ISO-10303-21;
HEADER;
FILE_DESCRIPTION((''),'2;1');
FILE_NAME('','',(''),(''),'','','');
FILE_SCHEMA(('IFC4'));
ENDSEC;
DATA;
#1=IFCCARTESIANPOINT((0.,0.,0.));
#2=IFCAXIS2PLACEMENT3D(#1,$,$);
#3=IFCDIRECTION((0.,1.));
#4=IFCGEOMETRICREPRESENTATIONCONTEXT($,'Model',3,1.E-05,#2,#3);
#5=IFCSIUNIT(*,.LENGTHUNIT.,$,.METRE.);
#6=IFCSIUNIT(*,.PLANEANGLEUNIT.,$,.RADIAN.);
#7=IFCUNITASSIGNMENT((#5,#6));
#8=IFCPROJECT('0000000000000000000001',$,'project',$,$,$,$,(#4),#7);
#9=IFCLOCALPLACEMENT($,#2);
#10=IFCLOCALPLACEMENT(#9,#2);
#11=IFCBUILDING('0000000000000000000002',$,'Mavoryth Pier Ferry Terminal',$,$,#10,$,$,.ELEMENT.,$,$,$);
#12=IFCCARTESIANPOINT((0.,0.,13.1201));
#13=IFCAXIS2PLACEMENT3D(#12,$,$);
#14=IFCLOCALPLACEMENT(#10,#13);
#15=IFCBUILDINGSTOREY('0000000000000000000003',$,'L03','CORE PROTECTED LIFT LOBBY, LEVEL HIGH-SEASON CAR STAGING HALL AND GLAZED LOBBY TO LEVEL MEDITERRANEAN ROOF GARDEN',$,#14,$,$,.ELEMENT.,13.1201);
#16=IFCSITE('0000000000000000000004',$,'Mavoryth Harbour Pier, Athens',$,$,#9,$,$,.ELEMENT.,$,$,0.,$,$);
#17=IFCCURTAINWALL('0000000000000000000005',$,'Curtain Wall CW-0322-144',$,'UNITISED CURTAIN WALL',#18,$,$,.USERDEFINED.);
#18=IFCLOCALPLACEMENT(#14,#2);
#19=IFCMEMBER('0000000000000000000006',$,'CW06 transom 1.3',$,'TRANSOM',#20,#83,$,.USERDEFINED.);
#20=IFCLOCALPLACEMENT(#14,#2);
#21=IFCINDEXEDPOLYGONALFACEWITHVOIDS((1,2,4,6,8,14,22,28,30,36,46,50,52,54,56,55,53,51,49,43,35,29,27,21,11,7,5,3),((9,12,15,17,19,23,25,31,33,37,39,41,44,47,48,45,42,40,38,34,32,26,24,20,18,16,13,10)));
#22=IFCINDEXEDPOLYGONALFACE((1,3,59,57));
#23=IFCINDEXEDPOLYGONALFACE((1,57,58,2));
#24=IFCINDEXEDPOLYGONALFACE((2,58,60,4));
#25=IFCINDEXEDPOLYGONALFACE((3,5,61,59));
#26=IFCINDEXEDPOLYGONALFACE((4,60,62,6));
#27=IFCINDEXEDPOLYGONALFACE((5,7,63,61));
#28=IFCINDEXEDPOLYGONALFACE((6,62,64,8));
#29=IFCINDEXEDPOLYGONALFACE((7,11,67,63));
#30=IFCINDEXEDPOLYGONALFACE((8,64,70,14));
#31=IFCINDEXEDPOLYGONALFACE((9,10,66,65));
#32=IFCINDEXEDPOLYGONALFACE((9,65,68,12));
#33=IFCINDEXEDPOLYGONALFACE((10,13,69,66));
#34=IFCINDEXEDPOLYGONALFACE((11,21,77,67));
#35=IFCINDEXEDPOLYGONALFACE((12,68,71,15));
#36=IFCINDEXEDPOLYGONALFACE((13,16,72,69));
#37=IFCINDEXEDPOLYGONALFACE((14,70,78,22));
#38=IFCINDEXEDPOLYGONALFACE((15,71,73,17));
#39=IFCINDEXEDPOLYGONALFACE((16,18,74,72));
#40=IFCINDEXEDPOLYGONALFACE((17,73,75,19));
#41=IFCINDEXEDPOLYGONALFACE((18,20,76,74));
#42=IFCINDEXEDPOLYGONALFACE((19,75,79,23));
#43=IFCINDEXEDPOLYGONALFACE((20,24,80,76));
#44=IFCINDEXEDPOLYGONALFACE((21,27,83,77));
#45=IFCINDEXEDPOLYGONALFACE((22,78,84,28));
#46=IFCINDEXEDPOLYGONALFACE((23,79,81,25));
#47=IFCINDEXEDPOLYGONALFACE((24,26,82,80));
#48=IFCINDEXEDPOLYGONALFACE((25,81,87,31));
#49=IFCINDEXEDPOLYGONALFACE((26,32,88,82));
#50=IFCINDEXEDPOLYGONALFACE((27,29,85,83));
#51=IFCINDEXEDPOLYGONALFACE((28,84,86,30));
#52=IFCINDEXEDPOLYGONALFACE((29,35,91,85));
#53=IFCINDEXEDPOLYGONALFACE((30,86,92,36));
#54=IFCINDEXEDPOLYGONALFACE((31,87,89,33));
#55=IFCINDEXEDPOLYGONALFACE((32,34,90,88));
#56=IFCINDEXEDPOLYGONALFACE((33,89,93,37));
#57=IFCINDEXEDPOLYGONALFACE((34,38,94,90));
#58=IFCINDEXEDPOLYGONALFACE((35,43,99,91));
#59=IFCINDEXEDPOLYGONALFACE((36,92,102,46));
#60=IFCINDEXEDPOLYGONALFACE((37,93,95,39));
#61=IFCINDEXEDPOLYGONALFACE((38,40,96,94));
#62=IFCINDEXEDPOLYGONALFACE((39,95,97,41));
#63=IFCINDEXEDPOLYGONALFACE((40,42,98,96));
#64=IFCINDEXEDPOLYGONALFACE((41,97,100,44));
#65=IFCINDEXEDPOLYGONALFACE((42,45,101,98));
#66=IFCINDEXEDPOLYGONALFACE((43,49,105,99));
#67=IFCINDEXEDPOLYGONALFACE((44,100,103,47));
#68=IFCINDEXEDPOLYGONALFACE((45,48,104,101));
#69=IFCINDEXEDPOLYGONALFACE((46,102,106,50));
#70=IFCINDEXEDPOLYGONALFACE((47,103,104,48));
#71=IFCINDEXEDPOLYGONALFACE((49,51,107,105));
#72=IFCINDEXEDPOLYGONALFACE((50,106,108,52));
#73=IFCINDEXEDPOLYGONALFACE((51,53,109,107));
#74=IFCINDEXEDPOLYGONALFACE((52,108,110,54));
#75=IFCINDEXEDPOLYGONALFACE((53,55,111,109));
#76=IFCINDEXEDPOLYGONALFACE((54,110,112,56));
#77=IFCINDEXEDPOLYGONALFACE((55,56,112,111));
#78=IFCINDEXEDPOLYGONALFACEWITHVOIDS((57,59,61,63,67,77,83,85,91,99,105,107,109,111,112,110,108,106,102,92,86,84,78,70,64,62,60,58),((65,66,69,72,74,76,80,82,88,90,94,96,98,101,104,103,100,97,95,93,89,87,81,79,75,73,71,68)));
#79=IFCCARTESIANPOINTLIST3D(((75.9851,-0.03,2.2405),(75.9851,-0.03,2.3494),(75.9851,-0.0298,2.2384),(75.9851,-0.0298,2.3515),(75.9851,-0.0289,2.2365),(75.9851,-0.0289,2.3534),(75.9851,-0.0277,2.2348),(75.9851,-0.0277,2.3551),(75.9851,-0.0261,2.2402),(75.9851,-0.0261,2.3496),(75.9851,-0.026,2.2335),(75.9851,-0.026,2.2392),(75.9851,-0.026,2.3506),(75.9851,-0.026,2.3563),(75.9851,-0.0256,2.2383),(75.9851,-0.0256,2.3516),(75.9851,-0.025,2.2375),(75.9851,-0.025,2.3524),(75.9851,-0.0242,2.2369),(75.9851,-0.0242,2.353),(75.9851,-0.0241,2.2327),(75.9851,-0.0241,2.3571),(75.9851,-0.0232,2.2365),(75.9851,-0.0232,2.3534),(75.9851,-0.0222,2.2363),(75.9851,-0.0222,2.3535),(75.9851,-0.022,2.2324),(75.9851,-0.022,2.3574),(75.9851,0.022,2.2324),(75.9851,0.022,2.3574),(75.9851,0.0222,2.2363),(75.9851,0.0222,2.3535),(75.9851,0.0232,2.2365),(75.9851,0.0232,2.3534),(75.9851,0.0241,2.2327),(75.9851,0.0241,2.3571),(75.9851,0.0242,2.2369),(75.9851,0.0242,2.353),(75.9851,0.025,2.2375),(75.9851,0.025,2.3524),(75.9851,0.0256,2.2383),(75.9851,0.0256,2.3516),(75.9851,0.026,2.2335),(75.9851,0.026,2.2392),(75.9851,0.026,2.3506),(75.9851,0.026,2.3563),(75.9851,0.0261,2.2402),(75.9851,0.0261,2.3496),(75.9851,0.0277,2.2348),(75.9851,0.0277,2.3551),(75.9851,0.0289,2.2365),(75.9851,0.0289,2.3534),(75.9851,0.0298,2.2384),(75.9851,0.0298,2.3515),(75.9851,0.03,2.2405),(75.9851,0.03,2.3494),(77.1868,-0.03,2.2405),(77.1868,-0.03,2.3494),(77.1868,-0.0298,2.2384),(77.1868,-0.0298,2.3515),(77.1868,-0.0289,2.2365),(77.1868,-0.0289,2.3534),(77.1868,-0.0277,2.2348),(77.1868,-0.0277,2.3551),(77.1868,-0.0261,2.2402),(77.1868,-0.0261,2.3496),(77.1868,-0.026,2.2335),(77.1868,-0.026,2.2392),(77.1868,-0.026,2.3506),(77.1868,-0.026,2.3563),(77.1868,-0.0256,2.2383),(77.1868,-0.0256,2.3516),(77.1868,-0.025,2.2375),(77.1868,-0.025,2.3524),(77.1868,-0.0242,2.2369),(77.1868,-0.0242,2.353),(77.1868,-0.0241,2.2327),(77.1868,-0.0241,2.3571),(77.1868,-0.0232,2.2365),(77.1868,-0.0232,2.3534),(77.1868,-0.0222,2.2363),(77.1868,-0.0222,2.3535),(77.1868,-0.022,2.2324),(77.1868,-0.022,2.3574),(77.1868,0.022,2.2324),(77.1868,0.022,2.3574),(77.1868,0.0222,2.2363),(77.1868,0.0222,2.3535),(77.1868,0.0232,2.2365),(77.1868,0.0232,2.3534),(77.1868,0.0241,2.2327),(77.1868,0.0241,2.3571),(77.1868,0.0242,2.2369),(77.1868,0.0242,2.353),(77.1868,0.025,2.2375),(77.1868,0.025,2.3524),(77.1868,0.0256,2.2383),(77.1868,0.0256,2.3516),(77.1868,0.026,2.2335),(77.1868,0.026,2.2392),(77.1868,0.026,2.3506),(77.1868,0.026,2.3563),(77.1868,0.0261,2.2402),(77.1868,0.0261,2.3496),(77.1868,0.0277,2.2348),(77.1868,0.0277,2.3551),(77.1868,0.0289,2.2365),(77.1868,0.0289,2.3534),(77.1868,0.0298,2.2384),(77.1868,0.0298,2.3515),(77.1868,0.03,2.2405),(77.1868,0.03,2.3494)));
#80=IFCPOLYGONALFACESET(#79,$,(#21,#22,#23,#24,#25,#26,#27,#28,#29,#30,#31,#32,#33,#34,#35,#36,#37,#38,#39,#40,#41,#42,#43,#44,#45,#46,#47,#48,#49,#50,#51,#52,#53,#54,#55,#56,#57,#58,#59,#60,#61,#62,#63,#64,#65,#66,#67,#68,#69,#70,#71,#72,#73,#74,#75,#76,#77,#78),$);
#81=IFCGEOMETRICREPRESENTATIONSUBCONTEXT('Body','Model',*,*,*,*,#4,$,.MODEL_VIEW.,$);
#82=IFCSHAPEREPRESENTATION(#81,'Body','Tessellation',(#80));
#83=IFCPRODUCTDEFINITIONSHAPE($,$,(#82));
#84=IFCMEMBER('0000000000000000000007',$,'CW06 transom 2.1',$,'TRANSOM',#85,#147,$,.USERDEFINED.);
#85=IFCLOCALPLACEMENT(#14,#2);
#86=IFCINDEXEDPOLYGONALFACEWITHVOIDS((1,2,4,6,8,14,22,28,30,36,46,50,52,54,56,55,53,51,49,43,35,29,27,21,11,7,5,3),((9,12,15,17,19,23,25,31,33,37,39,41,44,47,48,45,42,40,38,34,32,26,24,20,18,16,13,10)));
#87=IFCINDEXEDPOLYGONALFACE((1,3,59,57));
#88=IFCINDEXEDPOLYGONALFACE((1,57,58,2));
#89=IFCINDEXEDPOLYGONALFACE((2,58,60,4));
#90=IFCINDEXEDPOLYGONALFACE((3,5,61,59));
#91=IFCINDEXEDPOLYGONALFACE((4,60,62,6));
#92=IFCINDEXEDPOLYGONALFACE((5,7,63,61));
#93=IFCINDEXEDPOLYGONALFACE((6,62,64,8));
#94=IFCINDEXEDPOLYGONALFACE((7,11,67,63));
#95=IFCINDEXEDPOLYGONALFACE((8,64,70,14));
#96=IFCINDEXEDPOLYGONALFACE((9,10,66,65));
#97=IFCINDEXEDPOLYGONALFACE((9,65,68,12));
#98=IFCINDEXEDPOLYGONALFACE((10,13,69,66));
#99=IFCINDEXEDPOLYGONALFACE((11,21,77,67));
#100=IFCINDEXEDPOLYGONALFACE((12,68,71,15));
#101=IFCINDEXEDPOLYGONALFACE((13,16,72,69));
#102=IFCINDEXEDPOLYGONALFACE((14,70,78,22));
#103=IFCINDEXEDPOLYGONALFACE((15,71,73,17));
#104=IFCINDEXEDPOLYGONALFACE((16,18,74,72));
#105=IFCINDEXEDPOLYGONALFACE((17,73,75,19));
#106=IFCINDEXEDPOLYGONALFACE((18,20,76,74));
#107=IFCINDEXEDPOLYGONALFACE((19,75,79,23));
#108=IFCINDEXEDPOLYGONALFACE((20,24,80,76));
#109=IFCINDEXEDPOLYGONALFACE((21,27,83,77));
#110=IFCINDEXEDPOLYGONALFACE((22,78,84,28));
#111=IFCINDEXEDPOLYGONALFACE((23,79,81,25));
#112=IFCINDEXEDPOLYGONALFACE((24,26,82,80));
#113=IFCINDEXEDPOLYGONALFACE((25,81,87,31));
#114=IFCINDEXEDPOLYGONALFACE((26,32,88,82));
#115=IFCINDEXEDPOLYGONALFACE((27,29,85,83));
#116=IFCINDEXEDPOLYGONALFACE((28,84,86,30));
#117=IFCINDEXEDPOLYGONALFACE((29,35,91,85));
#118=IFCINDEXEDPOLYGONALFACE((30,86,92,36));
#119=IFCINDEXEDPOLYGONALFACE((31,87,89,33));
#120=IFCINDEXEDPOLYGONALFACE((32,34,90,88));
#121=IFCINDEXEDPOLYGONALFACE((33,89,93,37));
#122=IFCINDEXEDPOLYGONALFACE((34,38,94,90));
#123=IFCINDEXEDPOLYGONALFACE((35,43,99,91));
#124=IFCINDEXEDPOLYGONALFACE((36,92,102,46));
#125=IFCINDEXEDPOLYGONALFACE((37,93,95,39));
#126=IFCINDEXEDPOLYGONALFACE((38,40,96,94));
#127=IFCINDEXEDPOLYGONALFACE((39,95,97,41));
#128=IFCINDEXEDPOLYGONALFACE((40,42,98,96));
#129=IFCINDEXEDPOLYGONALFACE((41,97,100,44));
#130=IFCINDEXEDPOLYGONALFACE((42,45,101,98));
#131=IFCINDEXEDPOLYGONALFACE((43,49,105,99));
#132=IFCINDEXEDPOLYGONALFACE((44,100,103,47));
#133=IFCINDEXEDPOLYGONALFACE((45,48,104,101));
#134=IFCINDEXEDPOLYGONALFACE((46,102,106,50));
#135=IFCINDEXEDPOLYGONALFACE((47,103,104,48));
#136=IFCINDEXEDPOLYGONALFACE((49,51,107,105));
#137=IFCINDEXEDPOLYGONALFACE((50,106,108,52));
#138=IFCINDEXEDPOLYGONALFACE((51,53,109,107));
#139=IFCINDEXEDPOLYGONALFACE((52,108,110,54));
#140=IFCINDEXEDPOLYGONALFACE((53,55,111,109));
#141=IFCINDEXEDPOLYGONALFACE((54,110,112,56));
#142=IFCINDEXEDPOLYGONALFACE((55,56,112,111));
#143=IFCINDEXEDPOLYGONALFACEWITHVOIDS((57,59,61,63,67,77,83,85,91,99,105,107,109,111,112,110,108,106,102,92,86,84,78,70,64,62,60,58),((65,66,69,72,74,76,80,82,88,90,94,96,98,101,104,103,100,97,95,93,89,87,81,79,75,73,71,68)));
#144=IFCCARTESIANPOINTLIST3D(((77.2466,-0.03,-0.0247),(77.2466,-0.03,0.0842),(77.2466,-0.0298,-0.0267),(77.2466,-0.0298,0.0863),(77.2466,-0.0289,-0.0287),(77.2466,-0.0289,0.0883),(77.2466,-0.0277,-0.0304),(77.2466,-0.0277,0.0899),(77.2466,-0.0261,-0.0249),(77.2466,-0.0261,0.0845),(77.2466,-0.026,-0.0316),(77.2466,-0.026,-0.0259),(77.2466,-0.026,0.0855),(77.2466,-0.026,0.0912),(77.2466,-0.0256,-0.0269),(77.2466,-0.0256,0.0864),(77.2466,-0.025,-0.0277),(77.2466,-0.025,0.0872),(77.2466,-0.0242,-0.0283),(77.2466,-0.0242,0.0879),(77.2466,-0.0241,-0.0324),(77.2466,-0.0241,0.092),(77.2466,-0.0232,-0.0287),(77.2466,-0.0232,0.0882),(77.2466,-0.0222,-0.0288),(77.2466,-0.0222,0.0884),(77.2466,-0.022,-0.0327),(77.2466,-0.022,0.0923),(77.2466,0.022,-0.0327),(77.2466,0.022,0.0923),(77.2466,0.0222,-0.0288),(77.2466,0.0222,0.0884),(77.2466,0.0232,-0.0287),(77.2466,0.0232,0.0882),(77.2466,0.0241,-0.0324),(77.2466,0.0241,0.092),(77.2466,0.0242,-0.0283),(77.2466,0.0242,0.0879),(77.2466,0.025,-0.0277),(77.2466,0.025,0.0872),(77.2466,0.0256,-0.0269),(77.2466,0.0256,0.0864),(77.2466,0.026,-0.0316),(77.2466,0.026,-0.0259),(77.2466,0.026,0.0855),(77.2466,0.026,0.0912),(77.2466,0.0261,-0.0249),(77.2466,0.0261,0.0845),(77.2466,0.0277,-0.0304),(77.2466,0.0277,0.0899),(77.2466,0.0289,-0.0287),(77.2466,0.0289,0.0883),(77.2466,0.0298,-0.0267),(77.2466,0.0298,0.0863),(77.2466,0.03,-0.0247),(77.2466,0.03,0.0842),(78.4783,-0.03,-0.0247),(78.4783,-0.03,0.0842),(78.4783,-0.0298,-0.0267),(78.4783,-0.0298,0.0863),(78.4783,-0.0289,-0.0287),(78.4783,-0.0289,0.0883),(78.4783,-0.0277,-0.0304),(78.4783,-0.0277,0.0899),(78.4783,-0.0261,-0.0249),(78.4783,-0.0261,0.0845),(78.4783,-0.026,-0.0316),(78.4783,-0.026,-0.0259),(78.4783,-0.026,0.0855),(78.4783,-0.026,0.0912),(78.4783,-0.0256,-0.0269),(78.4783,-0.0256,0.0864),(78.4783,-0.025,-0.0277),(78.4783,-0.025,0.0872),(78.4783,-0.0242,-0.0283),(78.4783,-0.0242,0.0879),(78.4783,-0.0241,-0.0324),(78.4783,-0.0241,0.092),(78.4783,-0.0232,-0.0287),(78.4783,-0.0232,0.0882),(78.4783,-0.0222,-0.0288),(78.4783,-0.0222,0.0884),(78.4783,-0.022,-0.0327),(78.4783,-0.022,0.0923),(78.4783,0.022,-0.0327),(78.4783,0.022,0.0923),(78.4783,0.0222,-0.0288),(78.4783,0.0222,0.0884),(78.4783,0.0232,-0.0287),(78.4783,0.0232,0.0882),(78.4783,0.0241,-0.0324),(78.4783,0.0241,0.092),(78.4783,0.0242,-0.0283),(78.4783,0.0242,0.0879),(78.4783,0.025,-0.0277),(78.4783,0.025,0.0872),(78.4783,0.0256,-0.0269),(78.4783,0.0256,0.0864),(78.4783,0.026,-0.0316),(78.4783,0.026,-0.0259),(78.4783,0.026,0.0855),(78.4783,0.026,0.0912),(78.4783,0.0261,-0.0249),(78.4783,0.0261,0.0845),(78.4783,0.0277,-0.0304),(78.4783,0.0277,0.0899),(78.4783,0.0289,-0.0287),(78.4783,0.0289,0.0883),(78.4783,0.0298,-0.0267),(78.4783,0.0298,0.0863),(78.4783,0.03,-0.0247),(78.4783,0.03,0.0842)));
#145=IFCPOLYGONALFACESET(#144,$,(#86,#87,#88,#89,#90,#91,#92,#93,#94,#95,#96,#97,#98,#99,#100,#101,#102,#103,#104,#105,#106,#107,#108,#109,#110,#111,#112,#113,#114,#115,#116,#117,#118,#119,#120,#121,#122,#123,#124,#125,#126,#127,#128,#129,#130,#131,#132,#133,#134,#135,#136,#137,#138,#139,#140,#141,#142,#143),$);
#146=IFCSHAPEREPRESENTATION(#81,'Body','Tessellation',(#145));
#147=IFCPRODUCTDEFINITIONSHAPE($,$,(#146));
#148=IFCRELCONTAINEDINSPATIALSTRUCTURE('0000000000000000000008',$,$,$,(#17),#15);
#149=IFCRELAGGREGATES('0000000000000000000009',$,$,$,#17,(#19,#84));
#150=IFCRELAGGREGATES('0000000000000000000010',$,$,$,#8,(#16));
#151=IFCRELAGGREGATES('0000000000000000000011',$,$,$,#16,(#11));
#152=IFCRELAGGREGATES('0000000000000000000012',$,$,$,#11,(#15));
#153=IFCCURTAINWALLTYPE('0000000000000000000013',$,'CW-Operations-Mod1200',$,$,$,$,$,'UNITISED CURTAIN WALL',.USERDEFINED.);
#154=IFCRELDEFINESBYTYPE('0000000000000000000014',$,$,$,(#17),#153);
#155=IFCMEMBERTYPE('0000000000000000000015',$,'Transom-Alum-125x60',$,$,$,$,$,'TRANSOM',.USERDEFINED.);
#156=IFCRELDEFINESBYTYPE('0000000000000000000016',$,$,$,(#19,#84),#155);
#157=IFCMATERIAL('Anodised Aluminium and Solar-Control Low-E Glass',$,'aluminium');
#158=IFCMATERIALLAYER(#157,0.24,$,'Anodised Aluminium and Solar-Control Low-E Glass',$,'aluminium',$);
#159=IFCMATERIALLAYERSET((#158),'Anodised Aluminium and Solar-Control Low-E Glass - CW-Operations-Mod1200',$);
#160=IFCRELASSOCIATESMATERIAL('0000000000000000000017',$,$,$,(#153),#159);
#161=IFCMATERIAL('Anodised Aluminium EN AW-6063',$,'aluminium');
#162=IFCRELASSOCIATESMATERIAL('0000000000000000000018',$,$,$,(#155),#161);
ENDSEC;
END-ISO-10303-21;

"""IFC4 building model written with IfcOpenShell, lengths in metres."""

from ifc_helpers import new_model, si_unit, direction, frame, origin, origin_2d, place, context, subcontext, project, spatial, hollow_rectangle, extrude, material, layer, layer_set, material_profile, profile_set, type_object, element, aggregate, save


model = new_model("IFC4")

# Units and contexts
model_context = context("Model", 3, precision=1e-05, world=origin(), true_north=direction((0.0, 1.0)))
body_context = subcontext(model_context, "Body", "Model", "MODEL_VIEW")
ifc_project = project(units=[si_unit("LENGTHUNIT", "METRE"), si_unit("PLANEANGLEUNIT", "RADIAN")], contexts=[model_context])

# Site, building, storey
site_placement = place(None, origin())
site = spatial("IfcSite", under=ifc_project, at=site_placement, Name="Mavoryth Harbour Pier, Athens", CompositionType="ELEMENT", RefElevation=0.0)
building_placement = place(site_placement, origin())
building = spatial("IfcBuilding", under=site, at=building_placement, Name="Mavoryth Pier Ferry Terminal", CompositionType="ELEMENT")
storey_placement = place(building_placement, frame((0.0, 0.0, 13.1201)))
storey = spatial("IfcBuildingStorey", under=building, at=storey_placement, Name="L03", Description="CORE PROTECTED LIFT LOBBY, LEVEL HIGH-SEASON CAR STAGING HALL AND GLAZED LOBBY TO LEVEL MEDITERRANEAN ROOF GARDEN", CompositionType="ELEMENT", Elevation=13.1201)

# Curtain wall
ifc_material_1 = material(Name="Anodised Aluminium and Solar-Control Low-E Glass", Category="aluminium")
ifc_layer_1 = layer(ifc_material_1, 0.24, Name="Anodised Aluminium and Solar-Control Low-E Glass", Category="aluminium")
ifc_layer_set_1 = layer_set([ifc_layer_1], Name="Anodised Aluminium and Solar-Control Low-E Glass - CW-Operations-Mod1200")
curtain_wall_type = type_object("IfcCurtainWallType", Name="CW-Operations-Mod1200", ElementType="UNITISED CURTAIN WALL", PredefinedType="USERDEFINED", material=ifc_layer_set_1)
curtain_wall_placement = place(storey_placement, origin())
curtain_wall = element("IfcCurtainWall", 1, at=curtain_wall_placement, inside=storey, type_object=curtain_wall_type, Name="Curtain Wall CW-0322-144", ObjectType="UNITISED CURTAIN WALL", PredefinedType="USERDEFINED")
ifc_material_2 = material(Name="Anodised Aluminium EN AW-6063", Category="aluminium")

# Members
ifc_material_profile_1 = material_profile(ifc_material_2, hollow_rectangle(XDim=0.0601, YDim=0.125, WallThickness=0.0039, InnerFilletRadius=0.0039, OuterFilletRadius=0.0081, at=origin_2d()), Name="AL-TRAN 125x60x4", Category="aluminium")
ifc_profile_set_1 = profile_set([ifc_material_profile_1], Name="Anodised Aluminium EN AW-6063 - AL-TRAN 125x60x4")
member_type_1 = type_object("IfcMemberType", Name="Transom-Alum-125x60", ElementType="TRANSOM", PredefinedType="USERDEFINED", material=ifc_profile_set_1)
member_1_placement = place(storey_placement, frame((75.9851, 0.0, 2.2949), z_axis=(1.0, 0.0, 0.0), x_axis=(0.0, 1.0, 0.0)))
member_1 = element("IfcMember", 2, at=member_1_placement, type_object=member_type_1, Name="CW06 transom 1.3", ObjectType="TRANSOM", PredefinedType="USERDEFINED", context=body_context, shape_type="SweptSolid", body=[
    extrude(hollow_rectangle(XDim=0.0601, YDim=0.125, WallThickness=0.0039, InnerFilletRadius=0.0039, OuterFilletRadius=0.0081, at=origin_2d()), origin(), (0.0, 0.0, 1.0), 1.2017),
])
member_2_placement = place(storey_placement, frame((77.2466, 0.0, 0.0298), z_axis=(1.0, 0.0, 0.0), x_axis=(0.0, 1.0, 0.0)))
member_2 = element("IfcMember", 3, at=member_2_placement, type_object=member_type_1, Name="CW06 transom 2.1", ObjectType="TRANSOM", PredefinedType="USERDEFINED", context=body_context, shape_type="SweptSolid", body=[
    extrude(hollow_rectangle(XDim=0.0601, YDim=0.125, WallThickness=0.0039, InnerFilletRadius=0.0039, OuterFilletRadius=0.0081, at=origin_2d()), origin(), (0.0, 0.0, 1.0), 1.2317),
])

aggregate(curtain_wall, [member_1, member_2])

save(model, "model.ifc")
